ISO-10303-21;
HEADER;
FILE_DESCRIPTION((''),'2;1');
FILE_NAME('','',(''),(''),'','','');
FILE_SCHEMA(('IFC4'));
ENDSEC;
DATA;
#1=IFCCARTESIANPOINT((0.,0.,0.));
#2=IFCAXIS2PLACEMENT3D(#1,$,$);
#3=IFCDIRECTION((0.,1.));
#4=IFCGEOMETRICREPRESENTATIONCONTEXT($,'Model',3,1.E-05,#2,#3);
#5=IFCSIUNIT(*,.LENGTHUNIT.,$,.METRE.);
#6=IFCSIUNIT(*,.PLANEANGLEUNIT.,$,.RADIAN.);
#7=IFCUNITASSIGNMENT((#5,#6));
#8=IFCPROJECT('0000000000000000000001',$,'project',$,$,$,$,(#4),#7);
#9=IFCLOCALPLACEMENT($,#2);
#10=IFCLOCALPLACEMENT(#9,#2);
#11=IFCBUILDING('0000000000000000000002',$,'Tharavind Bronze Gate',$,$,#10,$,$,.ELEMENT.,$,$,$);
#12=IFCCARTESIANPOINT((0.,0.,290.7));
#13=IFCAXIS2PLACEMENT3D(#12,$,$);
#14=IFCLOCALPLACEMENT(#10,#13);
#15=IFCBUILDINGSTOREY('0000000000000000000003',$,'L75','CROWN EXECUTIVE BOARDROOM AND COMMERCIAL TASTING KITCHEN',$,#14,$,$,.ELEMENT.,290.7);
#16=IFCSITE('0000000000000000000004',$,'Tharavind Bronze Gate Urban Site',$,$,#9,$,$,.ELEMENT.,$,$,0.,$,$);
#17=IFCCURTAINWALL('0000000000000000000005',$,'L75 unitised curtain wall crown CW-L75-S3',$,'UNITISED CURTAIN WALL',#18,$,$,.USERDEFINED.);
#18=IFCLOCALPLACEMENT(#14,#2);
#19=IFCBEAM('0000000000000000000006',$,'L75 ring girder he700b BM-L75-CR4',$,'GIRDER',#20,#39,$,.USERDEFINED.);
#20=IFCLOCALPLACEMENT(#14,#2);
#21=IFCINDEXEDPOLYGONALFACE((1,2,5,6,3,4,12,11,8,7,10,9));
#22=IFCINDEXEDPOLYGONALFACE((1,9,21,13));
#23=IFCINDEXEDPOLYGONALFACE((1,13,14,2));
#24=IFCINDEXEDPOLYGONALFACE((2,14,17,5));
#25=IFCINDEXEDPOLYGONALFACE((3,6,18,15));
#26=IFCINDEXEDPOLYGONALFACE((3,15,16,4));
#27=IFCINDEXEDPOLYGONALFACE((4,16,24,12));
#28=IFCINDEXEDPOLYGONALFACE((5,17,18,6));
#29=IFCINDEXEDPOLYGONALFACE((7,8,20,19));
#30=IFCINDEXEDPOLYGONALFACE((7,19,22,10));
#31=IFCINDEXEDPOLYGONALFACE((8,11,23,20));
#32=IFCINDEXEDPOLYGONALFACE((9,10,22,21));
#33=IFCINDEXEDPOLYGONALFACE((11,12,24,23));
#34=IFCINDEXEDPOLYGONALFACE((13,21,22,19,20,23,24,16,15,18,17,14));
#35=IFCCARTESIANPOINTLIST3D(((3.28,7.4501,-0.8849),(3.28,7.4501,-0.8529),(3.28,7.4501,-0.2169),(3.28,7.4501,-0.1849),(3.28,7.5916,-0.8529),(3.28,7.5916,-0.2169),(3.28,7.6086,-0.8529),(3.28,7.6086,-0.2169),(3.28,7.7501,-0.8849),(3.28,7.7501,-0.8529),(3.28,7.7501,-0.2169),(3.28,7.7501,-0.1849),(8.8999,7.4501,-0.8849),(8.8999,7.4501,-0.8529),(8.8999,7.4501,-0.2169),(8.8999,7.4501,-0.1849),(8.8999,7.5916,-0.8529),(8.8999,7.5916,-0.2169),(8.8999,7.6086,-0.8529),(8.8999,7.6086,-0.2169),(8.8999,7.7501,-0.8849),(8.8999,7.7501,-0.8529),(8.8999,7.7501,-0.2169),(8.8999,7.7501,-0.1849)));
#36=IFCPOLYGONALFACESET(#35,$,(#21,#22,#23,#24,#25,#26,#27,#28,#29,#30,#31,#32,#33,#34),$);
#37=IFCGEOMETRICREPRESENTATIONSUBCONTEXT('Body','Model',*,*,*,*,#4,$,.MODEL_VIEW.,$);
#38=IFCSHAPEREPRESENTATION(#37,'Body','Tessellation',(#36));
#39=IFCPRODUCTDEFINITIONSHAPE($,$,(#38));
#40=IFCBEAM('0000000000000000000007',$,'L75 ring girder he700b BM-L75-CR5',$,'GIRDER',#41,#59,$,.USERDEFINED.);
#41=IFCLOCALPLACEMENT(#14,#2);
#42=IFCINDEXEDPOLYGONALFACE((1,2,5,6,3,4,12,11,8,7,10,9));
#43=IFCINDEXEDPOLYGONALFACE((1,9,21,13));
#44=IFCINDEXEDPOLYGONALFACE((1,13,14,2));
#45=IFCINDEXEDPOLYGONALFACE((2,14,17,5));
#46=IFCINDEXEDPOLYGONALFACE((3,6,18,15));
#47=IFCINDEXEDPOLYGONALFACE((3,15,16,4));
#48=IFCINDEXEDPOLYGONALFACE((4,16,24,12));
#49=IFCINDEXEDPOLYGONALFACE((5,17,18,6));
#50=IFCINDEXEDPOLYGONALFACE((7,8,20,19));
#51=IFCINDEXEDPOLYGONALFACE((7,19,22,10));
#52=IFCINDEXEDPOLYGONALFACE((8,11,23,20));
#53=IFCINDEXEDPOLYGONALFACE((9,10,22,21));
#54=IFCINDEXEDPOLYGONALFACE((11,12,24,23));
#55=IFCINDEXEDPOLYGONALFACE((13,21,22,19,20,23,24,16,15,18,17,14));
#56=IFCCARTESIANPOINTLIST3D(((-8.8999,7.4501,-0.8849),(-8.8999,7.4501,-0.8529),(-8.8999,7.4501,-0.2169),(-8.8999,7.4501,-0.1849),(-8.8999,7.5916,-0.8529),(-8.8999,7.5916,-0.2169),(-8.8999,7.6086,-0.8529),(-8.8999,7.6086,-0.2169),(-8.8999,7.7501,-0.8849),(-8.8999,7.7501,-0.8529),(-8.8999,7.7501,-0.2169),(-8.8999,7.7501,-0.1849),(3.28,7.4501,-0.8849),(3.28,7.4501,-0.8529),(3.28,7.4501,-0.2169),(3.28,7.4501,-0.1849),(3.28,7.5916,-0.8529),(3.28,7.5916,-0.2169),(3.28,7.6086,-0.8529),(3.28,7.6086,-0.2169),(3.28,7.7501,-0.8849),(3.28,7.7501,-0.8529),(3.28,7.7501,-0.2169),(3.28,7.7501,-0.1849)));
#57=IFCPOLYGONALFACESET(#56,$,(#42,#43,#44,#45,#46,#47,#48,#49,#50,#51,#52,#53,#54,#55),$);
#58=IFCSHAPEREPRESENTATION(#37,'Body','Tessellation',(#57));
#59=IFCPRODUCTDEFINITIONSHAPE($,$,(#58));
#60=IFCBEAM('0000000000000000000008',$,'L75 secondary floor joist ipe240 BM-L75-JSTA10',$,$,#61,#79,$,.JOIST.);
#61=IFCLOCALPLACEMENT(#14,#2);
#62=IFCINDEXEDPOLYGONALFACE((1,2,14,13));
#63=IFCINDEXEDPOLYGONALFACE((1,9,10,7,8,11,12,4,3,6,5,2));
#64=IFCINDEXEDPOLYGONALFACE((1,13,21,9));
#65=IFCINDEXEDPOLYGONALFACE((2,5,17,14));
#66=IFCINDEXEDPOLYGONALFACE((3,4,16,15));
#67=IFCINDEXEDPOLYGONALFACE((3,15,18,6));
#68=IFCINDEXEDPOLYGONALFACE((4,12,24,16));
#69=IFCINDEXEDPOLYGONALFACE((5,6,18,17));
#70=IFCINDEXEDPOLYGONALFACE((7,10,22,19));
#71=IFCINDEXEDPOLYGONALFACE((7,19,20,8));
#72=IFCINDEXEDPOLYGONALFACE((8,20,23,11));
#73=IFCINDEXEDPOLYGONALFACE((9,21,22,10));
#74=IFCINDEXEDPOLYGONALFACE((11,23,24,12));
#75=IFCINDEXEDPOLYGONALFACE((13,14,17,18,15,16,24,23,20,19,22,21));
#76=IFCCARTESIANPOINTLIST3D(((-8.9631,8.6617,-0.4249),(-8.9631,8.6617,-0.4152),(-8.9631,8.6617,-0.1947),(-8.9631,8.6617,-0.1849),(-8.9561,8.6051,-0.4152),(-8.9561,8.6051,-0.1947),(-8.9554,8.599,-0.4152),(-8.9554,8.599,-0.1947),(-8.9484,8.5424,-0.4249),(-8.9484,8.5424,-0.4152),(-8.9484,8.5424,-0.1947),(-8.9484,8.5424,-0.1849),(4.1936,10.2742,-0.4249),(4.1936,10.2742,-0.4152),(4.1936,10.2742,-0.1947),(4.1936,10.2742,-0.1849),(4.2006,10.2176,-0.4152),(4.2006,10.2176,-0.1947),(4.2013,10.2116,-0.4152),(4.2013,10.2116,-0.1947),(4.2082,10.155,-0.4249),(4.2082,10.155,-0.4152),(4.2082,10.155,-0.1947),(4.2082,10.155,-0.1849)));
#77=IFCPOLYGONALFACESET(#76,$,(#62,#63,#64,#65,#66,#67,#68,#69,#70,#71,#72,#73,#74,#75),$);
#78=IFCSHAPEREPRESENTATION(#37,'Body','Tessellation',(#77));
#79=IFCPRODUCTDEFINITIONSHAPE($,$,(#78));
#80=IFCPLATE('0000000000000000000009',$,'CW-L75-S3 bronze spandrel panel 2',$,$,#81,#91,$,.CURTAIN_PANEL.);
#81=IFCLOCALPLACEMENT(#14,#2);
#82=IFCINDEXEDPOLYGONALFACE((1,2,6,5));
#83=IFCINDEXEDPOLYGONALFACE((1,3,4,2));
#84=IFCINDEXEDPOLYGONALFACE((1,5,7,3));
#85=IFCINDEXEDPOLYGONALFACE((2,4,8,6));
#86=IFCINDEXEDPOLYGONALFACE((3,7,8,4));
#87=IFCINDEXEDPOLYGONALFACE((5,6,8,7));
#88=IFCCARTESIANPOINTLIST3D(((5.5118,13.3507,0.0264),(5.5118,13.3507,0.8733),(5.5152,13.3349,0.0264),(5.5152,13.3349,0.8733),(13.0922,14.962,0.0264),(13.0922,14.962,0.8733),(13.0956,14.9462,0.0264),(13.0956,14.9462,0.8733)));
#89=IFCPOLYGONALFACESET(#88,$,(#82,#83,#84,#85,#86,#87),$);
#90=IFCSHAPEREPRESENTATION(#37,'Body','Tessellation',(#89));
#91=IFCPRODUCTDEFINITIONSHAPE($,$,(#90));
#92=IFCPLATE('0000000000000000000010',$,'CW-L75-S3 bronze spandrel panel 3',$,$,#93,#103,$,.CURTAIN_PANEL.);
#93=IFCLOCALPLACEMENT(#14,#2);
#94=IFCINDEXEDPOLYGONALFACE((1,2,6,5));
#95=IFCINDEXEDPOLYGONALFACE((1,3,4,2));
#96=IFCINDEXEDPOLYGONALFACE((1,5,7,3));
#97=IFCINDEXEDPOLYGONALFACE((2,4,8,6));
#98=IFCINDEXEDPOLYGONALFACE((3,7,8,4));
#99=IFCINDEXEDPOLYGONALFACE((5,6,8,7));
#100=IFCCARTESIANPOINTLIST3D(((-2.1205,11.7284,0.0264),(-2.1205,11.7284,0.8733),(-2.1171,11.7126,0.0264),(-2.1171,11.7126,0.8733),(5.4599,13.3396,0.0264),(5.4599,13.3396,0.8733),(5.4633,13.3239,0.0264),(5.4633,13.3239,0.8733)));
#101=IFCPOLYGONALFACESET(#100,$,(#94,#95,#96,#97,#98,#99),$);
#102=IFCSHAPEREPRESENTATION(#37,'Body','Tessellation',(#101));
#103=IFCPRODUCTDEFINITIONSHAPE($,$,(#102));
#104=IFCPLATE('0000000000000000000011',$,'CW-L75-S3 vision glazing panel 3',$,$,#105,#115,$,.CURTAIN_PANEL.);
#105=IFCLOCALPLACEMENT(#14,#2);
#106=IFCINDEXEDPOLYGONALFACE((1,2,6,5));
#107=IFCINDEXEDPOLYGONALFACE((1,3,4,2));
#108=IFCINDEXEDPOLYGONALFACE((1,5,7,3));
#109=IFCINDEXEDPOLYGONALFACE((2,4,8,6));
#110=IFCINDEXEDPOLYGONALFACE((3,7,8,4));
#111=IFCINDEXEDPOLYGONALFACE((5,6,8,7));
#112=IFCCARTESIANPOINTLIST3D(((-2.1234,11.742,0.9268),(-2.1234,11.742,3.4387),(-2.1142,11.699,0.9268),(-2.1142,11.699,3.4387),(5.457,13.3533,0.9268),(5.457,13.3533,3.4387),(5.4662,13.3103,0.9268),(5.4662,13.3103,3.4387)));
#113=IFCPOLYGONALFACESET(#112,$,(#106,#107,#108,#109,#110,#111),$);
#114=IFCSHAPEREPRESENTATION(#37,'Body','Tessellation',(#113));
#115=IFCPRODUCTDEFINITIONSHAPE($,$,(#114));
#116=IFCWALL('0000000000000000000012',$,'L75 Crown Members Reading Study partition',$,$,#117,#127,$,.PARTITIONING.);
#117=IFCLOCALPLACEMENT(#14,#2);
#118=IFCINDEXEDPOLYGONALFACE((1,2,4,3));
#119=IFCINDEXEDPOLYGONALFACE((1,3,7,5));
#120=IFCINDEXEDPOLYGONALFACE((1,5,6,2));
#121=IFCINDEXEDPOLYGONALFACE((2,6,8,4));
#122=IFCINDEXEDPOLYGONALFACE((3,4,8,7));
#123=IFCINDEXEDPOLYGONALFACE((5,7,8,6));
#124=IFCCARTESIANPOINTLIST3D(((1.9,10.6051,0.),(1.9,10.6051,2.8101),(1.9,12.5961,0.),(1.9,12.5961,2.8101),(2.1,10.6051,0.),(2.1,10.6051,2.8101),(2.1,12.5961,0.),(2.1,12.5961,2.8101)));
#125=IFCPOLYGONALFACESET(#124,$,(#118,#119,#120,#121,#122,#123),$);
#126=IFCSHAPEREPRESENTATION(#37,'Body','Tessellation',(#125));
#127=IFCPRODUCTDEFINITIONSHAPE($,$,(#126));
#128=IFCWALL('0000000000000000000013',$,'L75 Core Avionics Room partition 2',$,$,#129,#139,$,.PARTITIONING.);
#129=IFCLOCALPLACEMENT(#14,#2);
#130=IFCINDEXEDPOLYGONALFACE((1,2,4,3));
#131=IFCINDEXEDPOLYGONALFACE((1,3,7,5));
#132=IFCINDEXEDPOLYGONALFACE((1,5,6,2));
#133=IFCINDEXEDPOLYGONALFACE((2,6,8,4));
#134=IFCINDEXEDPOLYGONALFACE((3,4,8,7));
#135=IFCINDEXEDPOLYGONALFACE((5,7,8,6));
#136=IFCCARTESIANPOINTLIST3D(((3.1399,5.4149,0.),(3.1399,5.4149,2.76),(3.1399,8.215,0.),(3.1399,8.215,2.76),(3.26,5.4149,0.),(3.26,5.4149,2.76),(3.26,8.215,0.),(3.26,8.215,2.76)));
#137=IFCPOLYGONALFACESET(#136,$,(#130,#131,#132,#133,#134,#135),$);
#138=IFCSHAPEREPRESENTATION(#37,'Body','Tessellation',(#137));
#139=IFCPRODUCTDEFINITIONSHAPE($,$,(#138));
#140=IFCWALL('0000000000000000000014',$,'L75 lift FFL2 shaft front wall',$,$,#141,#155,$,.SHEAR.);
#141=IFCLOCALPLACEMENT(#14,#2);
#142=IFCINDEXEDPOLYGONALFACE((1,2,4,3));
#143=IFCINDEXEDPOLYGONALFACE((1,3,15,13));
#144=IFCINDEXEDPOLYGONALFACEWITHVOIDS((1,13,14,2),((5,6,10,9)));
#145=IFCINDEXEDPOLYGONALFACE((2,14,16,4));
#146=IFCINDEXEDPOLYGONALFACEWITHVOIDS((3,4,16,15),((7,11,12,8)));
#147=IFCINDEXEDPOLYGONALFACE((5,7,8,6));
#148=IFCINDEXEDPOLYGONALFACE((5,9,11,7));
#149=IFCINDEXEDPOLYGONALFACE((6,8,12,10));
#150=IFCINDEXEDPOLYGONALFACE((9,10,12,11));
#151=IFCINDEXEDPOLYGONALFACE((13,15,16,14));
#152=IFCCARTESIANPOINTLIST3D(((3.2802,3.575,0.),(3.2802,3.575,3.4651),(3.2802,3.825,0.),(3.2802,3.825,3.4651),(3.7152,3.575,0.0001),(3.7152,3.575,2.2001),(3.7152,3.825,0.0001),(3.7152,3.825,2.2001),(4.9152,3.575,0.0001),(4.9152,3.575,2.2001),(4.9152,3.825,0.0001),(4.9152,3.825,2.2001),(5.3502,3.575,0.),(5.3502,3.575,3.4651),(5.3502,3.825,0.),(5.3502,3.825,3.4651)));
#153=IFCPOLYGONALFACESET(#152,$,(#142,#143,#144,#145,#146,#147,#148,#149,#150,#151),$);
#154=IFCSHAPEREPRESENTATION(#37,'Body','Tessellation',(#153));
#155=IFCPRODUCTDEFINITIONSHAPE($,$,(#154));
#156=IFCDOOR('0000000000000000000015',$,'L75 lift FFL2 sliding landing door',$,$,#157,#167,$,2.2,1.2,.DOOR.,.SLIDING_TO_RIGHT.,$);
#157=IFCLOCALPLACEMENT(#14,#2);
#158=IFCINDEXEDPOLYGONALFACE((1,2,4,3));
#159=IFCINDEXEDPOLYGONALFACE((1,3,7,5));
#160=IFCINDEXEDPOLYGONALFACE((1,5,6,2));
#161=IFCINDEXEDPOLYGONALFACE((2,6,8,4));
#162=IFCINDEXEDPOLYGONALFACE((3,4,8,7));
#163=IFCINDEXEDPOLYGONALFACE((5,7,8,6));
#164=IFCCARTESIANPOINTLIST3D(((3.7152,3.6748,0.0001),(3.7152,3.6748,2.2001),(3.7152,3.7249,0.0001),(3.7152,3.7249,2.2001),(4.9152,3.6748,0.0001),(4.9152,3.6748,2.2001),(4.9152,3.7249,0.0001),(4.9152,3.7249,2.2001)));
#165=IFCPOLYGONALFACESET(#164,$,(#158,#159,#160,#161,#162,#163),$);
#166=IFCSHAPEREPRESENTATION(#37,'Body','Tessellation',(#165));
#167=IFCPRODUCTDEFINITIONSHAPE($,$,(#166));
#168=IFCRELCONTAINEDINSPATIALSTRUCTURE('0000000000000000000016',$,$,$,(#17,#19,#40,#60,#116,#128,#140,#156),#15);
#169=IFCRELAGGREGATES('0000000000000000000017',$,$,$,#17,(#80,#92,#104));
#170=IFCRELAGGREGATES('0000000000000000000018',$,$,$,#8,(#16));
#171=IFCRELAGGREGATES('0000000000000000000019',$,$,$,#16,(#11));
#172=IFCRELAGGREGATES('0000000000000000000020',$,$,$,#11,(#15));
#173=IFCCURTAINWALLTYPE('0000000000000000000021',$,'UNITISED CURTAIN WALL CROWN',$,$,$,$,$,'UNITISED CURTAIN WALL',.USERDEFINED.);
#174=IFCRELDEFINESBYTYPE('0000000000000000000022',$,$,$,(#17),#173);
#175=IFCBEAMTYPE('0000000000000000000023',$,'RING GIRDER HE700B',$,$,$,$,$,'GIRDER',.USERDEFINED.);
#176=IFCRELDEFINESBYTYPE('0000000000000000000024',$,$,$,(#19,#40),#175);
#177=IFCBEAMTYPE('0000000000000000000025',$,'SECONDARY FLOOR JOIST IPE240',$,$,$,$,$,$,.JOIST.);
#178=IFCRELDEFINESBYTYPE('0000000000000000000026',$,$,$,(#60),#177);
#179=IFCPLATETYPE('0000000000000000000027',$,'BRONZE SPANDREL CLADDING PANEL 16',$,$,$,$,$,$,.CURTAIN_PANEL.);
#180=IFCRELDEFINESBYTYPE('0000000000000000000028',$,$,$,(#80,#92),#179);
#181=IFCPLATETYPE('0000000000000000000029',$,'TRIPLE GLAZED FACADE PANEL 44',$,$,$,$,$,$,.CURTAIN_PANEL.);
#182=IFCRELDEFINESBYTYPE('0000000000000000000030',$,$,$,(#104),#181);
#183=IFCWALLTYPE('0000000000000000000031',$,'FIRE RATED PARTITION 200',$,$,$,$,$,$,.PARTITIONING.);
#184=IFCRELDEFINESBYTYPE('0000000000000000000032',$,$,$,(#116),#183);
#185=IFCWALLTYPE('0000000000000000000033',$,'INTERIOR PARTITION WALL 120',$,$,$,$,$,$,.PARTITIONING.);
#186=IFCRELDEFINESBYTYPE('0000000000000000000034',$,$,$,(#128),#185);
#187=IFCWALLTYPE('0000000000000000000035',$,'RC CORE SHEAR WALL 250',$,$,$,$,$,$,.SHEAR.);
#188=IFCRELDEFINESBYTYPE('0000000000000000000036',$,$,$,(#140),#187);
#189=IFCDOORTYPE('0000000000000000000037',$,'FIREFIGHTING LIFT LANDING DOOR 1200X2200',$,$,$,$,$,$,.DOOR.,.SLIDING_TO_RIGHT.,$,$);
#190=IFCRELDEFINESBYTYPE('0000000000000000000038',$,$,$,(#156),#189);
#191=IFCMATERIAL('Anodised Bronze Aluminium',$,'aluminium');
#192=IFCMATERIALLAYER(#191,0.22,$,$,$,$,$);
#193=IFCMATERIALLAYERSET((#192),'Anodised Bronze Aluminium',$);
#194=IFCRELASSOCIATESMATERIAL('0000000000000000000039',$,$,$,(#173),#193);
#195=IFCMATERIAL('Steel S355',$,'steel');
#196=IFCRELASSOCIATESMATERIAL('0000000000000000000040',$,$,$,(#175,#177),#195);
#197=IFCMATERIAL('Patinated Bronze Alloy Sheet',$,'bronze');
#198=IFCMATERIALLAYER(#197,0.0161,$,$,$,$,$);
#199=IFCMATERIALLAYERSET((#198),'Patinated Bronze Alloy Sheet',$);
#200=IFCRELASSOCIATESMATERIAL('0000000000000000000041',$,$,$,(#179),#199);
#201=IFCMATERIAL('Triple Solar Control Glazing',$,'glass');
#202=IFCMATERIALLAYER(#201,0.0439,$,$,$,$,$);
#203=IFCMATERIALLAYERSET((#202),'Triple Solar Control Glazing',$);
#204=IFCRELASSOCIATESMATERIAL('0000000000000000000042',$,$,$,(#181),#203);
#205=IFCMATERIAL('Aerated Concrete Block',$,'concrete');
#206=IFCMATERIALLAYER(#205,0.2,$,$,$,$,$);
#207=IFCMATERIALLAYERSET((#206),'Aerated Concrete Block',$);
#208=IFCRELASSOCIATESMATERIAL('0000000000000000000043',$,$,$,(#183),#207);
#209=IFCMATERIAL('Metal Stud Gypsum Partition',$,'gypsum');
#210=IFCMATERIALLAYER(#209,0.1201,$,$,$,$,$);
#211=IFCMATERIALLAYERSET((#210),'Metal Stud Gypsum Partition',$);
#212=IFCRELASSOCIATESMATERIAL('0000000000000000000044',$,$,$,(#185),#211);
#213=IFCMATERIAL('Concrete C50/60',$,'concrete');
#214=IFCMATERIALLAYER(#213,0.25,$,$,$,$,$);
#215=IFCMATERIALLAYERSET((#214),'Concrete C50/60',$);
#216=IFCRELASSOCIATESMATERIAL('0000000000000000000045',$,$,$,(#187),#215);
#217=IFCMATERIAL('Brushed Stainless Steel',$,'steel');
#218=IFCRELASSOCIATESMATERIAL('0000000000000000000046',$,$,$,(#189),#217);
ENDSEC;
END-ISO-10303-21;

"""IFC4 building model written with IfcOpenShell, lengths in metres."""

from ifc_helpers import new_model, si_unit, direction, frame, frame_2d, origin, origin_2d, place, context, subcontext, project, spatial, rectangle, i_section, extrude, material, layer, layer_set, material_profile, profile_set, type_object, element, fill, aggregate, save


model = new_model("IFC4")

# Units and contexts
model_context = context("Model", 3, precision=1e-05, world=origin(), true_north=direction((0.0, 1.0)))
body_context = subcontext(model_context, "Body", "Model", "MODEL_VIEW")
ifc_project = project(units=[si_unit("LENGTHUNIT", "METRE"), si_unit("PLANEANGLEUNIT", "RADIAN")], contexts=[model_context])

# Site, building, storey
site_placement = place(None, origin())
site = spatial("IfcSite", under=ifc_project, at=site_placement, Name="Tharavind Bronze Gate Urban Site", CompositionType="ELEMENT", RefElevation=0.0)
building_placement = place(site_placement, origin())
building = spatial("IfcBuilding", under=site, at=building_placement, Name="Tharavind Bronze Gate", CompositionType="ELEMENT")
storey_placement = place(building_placement, frame((0.0, 0.0, 290.7)))
storey = spatial("IfcBuildingStorey", under=building, at=storey_placement, Name="L75", Description="CROWN EXECUTIVE BOARDROOM AND COMMERCIAL TASTING KITCHEN", CompositionType="ELEMENT", Elevation=290.7)

# Shared definitions
ifc_material_1 = material(Name="Concrete C50/60", Category="concrete")

# Curtain wall
ifc_material_2 = material(Name="Anodised Bronze Aluminium", Category="aluminium")
ifc_layer_1 = layer(ifc_material_2, 0.22)
ifc_layer_set_1 = layer_set([ifc_layer_1], Name="Anodised Bronze Aluminium")
curtain_wall_type = type_object("IfcCurtainWallType", Name="UNITISED CURTAIN WALL CROWN", ElementType="UNITISED CURTAIN WALL", PredefinedType="USERDEFINED", material=ifc_layer_set_1)
curtain_wall_placement = place(storey_placement, origin())
curtain_wall = element("IfcCurtainWall", 1, at=curtain_wall_placement, inside=storey, type_object=curtain_wall_type, Name="L75 unitised curtain wall crown CW-L75-S3", ObjectType="UNITISED CURTAIN WALL", PredefinedType="USERDEFINED")

# Beams
ifc_material_3 = material(Name="Steel S355", Category="steel")
ifc_material_profile_1 = material_profile(ifc_material_3, i_section(OverallWidth=0.3, OverallDepth=0.7, WebThickness=0.0171, FlangeThickness=0.032, at=origin_2d()), Name="HE700B")
ifc_profile_set_1 = profile_set([ifc_material_profile_1], Name="Steel S355")
beam_type_1 = type_object("IfcBeamType", Name="RING GIRDER HE700B", ElementType="GIRDER", PredefinedType="USERDEFINED", material=ifc_profile_set_1)
beam_1_placement = place(storey_placement, frame((8.8999, 7.6001, -0.5349), z_axis=(-1.0, 0.0, 0.0), x_axis=(0.0, -1.0, 0.0)))
element("IfcBeam", 2, at=beam_1_placement, inside=storey, type_object=beam_type_1, Name="L75 ring girder he700b BM-L75-CR4", ObjectType="GIRDER", PredefinedType="USERDEFINED", context=body_context, shape_type="SweptSolid", body=[
    extrude(i_section(OverallWidth=0.3, OverallDepth=0.7, WebThickness=0.0171, FlangeThickness=0.032, at=origin_2d()), origin(), (0.0, 0.0, 1.0), 5.6199),
])
beam_2_placement = place(storey_placement, frame((3.28, 7.6001, -0.5349), z_axis=(-1.0, 0.0, 0.0), x_axis=(0.0, -1.0, 0.0)))
element("IfcBeam", 3, at=beam_2_placement, inside=storey, type_object=beam_type_1, Name="L75 ring girder he700b BM-L75-CR5", ObjectType="GIRDER", PredefinedType="USERDEFINED", context=body_context, shape_type="SweptSolid", body=[
    extrude(i_section(OverallWidth=0.3, OverallDepth=0.7, WebThickness=0.0171, FlangeThickness=0.032, at=origin_2d()), origin(), (0.0, 0.0, 1.0), 12.1799),
])
ifc_material_profile_2 = material_profile(ifc_material_3, i_section(OverallWidth=0.1201, OverallDepth=0.24, WebThickness=0.0061, FlangeThickness=0.0098, at=origin_2d()), Name="IPE240")
ifc_profile_set_2 = profile_set([ifc_material_profile_2], Name="Steel S355")
beam_type_2 = type_object("IfcBeamType", Name="SECONDARY FLOOR JOIST IPE240", PredefinedType="JOIST", material=ifc_profile_set_2)
beam_3_placement = place(storey_placement, frame((4.2009, 10.2146, -0.3049), z_axis=(-0.992573, -0.121654, 0.0), x_axis=(0.121654, -0.992573, 0.0)))
element("IfcBeam", 4, at=beam_3_placement, inside=storey, type_object=beam_type_2, Name="L75 secondary floor joist ipe240 BM-L75-JSTA10", PredefinedType="JOIST", context=body_context, shape_type="SweptSolid", body=[
    extrude(i_section(OverallWidth=0.1201, OverallDepth=0.24, WebThickness=0.0061, FlangeThickness=0.0098, at=origin_2d()), origin(), (0.0, 0.0, 1.0), 13.2551),
])

# Plates
ifc_material_4 = material(Name="Patinated Bronze Alloy Sheet", Category="bronze")
ifc_layer_2 = layer(ifc_material_4, 0.0161)
ifc_layer_set_2 = layer_set([ifc_layer_2], Name="Patinated Bronze Alloy Sheet")
plate_type_1 = type_object("IfcPlateType", Name="BRONZE SPANDREL CLADDING PANEL 16", PredefinedType="CURTAIN_PANEL", material=ifc_layer_set_2)
plate_1_placement = place(storey_placement, frame((9.3037, 14.1484, 0.0264), z_axis=(0.0, 0.0, 1.0), x_axis=(-0.978147, -0.207913, 0.0)))
plate_1 = element("IfcPlate", 5, at=plate_1_placement, type_object=plate_type_1, Name="CW-L75-S3 bronze spandrel panel 2", PredefinedType="CURTAIN_PANEL", context=body_context, shape_type="SweptSolid", body=[
    extrude(rectangle(XDim=7.7498, YDim=0.0161, at=origin_2d()), origin(), (0.0, 0.0, 1.0), 0.8469),
])
plate_2_placement = place(storey_placement, frame((1.6714, 12.5261, 0.0264), z_axis=(0.0, 0.0, 1.0), x_axis=(-0.978147, -0.207913, 0.0)))
plate_2 = element("IfcPlate", 6, at=plate_2_placement, type_object=plate_type_1, Name="CW-L75-S3 bronze spandrel panel 3", PredefinedType="CURTAIN_PANEL", context=body_context, shape_type="SweptSolid", body=[
    extrude(rectangle(XDim=7.7498, YDim=0.0161, at=origin_2d()), origin(), (0.0, 0.0, 1.0), 0.8469),
])
ifc_material_5 = material(Name="Triple Solar Control Glazing", Category="glass")
ifc_layer_3 = layer(ifc_material_5, 0.0439)
ifc_layer_set_3 = layer_set([ifc_layer_3], Name="Triple Solar Control Glazing")
plate_type_2 = type_object("IfcPlateType", Name="TRIPLE GLAZED FACADE PANEL 44", PredefinedType="CURTAIN_PANEL", material=ifc_layer_set_3)
plate_3_placement = place(storey_placement, frame((1.6714, 12.5261, 0.9268), z_axis=(0.0, 0.0, 1.0), x_axis=(-0.978147, -0.207913, 0.0)))
plate_3 = element("IfcPlate", 7, at=plate_3_placement, type_object=plate_type_2, Name="CW-L75-S3 vision glazing panel 3", PredefinedType="CURTAIN_PANEL", context=body_context, shape_type="SweptSolid", body=[
    extrude(rectangle(XDim=7.7498, YDim=0.0439, at=origin_2d()), origin(), (0.0, 0.0, 1.0), 2.512),
])
aggregate(curtain_wall, [plate_1, plate_2, plate_3])

# Walls
ifc_material_6 = material(Name="Aerated Concrete Block", Category="concrete")
ifc_layer_4 = layer(ifc_material_6, 0.2)
ifc_layer_set_4 = layer_set([ifc_layer_4], Name="Aerated Concrete Block")
wall_type_1 = type_object("IfcWallType", Name="FIRE RATED PARTITION 200", PredefinedType="PARTITIONING", material=ifc_layer_set_4)
wall_1_placement = place(storey_placement, frame((2.0, 10.605, 0.0), z_axis=(0.0, 0.0, 1.0), x_axis=(0.0, 1.0, 0.0)))
element("IfcWall", 8, at=wall_1_placement, inside=storey, type_object=wall_type_1, Name="L75 Crown Members Reading Study partition", PredefinedType="PARTITIONING", context=body_context, shape_type="SweptSolid", body=[
    extrude(rectangle(XDim=1.991, YDim=0.2, at=frame_2d((0.9956, 0.0))), origin(), (0.0, 0.0, 1.0), 2.8101),
])
ifc_material_7 = material(Name="Metal Stud Gypsum Partition", Category="gypsum")
ifc_layer_5 = layer(ifc_material_7, 0.1201)
ifc_layer_set_5 = layer_set([ifc_layer_5], Name="Metal Stud Gypsum Partition")
wall_type_2 = type_object("IfcWallType", Name="INTERIOR PARTITION WALL 120", PredefinedType="PARTITIONING", material=ifc_layer_set_5)
wall_2_placement = place(storey_placement, frame((3.2, 5.415, 0.0), z_axis=(0.0, 0.0, 1.0), x_axis=(0.0, 1.0, 0.0)))
element("IfcWall", 9, at=wall_2_placement, inside=storey, type_object=wall_type_2, Name="L75 Core Avionics Room partition 2", PredefinedType="PARTITIONING", context=body_context, shape_type="SweptSolid", body=[
    extrude(rectangle(XDim=2.8, YDim=0.1201, at=frame_2d((1.3999, 0.0))), origin(), (0.0, 0.0, 1.0), 2.76),
])

# Wall, opening, door
ifc_layer_6 = layer(ifc_material_1, 0.25)
ifc_layer_set_6 = layer_set([ifc_layer_6], Name="Concrete C50/60")
wall_type_3 = type_object("IfcWallType", Name="RC CORE SHEAR WALL 250", PredefinedType="SHEAR", material=ifc_layer_set_6)
wall_3_placement = place(storey_placement, frame((3.28, 3.7, 0.0), z_axis=(0.0, 0.0, 1.0), x_axis=(1.0, 0.0, 0.0)))
wall_3 = element("IfcWall", 10, at=wall_3_placement, inside=storey, type_object=wall_type_3, Name="L75 lift FFL2 shaft front wall", PredefinedType="SHEAR", context=body_context, shape_type="SweptSolid", body=[
    extrude(rectangle(XDim=2.0701, YDim=0.25, at=frame_2d((1.0352, 0.0))), origin(), (0.0, 0.0, 1.0), 3.4651),
])
opening_1_placement = place(wall_3_placement, frame((0.4351, 0.0, 0.0)))
opening_1 = element("IfcOpeningElement", 11, at=opening_1_placement, cuts=wall_3, PredefinedType="OPENING", context=body_context, shape_type="SweptSolid", body=[
    extrude(rectangle(XDim=1.2, YDim=2.2, at=frame_2d((0.6001, 1.1001))), frame((0.0, 0.135, 0.0), z_axis=(0.0, -1.0, 0.0), x_axis=(1.0, 0.0, 0.0)), (0.0, 0.0, 1.0), 0.27),
])
ifc_material_8 = material(Name="Brushed Stainless Steel", Category="steel")
door_type_1 = type_object("IfcDoorType", Name="FIREFIGHTING LIFT LANDING DOOR 1200X2200", OperationType="SLIDING_TO_RIGHT", PredefinedType="DOOR", material=ifc_material_8)
door_1_placement = place(opening_1_placement, origin())
door_1 = element("IfcDoor", 12, at=door_1_placement, inside=storey, type_object=door_type_1, Name="L75 lift FFL2 sliding landing door", OperationType="SLIDING_TO_RIGHT", OverallHeight=2.2, OverallWidth=1.2, PredefinedType="DOOR", context=body_context, shape_type="SweptSolid", body=[
    extrude(rectangle(XDim=1.2, YDim=2.2, at=frame_2d((0.6001, 1.1001))), frame((0.0, 0.0249, 0.0), z_axis=(0.0, -1.0, 0.0), x_axis=(1.0, 0.0, 0.0)), (0.0, 0.0, 1.0), 0.05),
])
fill(opening_1, door_1)

save(model, "model.ifc")
